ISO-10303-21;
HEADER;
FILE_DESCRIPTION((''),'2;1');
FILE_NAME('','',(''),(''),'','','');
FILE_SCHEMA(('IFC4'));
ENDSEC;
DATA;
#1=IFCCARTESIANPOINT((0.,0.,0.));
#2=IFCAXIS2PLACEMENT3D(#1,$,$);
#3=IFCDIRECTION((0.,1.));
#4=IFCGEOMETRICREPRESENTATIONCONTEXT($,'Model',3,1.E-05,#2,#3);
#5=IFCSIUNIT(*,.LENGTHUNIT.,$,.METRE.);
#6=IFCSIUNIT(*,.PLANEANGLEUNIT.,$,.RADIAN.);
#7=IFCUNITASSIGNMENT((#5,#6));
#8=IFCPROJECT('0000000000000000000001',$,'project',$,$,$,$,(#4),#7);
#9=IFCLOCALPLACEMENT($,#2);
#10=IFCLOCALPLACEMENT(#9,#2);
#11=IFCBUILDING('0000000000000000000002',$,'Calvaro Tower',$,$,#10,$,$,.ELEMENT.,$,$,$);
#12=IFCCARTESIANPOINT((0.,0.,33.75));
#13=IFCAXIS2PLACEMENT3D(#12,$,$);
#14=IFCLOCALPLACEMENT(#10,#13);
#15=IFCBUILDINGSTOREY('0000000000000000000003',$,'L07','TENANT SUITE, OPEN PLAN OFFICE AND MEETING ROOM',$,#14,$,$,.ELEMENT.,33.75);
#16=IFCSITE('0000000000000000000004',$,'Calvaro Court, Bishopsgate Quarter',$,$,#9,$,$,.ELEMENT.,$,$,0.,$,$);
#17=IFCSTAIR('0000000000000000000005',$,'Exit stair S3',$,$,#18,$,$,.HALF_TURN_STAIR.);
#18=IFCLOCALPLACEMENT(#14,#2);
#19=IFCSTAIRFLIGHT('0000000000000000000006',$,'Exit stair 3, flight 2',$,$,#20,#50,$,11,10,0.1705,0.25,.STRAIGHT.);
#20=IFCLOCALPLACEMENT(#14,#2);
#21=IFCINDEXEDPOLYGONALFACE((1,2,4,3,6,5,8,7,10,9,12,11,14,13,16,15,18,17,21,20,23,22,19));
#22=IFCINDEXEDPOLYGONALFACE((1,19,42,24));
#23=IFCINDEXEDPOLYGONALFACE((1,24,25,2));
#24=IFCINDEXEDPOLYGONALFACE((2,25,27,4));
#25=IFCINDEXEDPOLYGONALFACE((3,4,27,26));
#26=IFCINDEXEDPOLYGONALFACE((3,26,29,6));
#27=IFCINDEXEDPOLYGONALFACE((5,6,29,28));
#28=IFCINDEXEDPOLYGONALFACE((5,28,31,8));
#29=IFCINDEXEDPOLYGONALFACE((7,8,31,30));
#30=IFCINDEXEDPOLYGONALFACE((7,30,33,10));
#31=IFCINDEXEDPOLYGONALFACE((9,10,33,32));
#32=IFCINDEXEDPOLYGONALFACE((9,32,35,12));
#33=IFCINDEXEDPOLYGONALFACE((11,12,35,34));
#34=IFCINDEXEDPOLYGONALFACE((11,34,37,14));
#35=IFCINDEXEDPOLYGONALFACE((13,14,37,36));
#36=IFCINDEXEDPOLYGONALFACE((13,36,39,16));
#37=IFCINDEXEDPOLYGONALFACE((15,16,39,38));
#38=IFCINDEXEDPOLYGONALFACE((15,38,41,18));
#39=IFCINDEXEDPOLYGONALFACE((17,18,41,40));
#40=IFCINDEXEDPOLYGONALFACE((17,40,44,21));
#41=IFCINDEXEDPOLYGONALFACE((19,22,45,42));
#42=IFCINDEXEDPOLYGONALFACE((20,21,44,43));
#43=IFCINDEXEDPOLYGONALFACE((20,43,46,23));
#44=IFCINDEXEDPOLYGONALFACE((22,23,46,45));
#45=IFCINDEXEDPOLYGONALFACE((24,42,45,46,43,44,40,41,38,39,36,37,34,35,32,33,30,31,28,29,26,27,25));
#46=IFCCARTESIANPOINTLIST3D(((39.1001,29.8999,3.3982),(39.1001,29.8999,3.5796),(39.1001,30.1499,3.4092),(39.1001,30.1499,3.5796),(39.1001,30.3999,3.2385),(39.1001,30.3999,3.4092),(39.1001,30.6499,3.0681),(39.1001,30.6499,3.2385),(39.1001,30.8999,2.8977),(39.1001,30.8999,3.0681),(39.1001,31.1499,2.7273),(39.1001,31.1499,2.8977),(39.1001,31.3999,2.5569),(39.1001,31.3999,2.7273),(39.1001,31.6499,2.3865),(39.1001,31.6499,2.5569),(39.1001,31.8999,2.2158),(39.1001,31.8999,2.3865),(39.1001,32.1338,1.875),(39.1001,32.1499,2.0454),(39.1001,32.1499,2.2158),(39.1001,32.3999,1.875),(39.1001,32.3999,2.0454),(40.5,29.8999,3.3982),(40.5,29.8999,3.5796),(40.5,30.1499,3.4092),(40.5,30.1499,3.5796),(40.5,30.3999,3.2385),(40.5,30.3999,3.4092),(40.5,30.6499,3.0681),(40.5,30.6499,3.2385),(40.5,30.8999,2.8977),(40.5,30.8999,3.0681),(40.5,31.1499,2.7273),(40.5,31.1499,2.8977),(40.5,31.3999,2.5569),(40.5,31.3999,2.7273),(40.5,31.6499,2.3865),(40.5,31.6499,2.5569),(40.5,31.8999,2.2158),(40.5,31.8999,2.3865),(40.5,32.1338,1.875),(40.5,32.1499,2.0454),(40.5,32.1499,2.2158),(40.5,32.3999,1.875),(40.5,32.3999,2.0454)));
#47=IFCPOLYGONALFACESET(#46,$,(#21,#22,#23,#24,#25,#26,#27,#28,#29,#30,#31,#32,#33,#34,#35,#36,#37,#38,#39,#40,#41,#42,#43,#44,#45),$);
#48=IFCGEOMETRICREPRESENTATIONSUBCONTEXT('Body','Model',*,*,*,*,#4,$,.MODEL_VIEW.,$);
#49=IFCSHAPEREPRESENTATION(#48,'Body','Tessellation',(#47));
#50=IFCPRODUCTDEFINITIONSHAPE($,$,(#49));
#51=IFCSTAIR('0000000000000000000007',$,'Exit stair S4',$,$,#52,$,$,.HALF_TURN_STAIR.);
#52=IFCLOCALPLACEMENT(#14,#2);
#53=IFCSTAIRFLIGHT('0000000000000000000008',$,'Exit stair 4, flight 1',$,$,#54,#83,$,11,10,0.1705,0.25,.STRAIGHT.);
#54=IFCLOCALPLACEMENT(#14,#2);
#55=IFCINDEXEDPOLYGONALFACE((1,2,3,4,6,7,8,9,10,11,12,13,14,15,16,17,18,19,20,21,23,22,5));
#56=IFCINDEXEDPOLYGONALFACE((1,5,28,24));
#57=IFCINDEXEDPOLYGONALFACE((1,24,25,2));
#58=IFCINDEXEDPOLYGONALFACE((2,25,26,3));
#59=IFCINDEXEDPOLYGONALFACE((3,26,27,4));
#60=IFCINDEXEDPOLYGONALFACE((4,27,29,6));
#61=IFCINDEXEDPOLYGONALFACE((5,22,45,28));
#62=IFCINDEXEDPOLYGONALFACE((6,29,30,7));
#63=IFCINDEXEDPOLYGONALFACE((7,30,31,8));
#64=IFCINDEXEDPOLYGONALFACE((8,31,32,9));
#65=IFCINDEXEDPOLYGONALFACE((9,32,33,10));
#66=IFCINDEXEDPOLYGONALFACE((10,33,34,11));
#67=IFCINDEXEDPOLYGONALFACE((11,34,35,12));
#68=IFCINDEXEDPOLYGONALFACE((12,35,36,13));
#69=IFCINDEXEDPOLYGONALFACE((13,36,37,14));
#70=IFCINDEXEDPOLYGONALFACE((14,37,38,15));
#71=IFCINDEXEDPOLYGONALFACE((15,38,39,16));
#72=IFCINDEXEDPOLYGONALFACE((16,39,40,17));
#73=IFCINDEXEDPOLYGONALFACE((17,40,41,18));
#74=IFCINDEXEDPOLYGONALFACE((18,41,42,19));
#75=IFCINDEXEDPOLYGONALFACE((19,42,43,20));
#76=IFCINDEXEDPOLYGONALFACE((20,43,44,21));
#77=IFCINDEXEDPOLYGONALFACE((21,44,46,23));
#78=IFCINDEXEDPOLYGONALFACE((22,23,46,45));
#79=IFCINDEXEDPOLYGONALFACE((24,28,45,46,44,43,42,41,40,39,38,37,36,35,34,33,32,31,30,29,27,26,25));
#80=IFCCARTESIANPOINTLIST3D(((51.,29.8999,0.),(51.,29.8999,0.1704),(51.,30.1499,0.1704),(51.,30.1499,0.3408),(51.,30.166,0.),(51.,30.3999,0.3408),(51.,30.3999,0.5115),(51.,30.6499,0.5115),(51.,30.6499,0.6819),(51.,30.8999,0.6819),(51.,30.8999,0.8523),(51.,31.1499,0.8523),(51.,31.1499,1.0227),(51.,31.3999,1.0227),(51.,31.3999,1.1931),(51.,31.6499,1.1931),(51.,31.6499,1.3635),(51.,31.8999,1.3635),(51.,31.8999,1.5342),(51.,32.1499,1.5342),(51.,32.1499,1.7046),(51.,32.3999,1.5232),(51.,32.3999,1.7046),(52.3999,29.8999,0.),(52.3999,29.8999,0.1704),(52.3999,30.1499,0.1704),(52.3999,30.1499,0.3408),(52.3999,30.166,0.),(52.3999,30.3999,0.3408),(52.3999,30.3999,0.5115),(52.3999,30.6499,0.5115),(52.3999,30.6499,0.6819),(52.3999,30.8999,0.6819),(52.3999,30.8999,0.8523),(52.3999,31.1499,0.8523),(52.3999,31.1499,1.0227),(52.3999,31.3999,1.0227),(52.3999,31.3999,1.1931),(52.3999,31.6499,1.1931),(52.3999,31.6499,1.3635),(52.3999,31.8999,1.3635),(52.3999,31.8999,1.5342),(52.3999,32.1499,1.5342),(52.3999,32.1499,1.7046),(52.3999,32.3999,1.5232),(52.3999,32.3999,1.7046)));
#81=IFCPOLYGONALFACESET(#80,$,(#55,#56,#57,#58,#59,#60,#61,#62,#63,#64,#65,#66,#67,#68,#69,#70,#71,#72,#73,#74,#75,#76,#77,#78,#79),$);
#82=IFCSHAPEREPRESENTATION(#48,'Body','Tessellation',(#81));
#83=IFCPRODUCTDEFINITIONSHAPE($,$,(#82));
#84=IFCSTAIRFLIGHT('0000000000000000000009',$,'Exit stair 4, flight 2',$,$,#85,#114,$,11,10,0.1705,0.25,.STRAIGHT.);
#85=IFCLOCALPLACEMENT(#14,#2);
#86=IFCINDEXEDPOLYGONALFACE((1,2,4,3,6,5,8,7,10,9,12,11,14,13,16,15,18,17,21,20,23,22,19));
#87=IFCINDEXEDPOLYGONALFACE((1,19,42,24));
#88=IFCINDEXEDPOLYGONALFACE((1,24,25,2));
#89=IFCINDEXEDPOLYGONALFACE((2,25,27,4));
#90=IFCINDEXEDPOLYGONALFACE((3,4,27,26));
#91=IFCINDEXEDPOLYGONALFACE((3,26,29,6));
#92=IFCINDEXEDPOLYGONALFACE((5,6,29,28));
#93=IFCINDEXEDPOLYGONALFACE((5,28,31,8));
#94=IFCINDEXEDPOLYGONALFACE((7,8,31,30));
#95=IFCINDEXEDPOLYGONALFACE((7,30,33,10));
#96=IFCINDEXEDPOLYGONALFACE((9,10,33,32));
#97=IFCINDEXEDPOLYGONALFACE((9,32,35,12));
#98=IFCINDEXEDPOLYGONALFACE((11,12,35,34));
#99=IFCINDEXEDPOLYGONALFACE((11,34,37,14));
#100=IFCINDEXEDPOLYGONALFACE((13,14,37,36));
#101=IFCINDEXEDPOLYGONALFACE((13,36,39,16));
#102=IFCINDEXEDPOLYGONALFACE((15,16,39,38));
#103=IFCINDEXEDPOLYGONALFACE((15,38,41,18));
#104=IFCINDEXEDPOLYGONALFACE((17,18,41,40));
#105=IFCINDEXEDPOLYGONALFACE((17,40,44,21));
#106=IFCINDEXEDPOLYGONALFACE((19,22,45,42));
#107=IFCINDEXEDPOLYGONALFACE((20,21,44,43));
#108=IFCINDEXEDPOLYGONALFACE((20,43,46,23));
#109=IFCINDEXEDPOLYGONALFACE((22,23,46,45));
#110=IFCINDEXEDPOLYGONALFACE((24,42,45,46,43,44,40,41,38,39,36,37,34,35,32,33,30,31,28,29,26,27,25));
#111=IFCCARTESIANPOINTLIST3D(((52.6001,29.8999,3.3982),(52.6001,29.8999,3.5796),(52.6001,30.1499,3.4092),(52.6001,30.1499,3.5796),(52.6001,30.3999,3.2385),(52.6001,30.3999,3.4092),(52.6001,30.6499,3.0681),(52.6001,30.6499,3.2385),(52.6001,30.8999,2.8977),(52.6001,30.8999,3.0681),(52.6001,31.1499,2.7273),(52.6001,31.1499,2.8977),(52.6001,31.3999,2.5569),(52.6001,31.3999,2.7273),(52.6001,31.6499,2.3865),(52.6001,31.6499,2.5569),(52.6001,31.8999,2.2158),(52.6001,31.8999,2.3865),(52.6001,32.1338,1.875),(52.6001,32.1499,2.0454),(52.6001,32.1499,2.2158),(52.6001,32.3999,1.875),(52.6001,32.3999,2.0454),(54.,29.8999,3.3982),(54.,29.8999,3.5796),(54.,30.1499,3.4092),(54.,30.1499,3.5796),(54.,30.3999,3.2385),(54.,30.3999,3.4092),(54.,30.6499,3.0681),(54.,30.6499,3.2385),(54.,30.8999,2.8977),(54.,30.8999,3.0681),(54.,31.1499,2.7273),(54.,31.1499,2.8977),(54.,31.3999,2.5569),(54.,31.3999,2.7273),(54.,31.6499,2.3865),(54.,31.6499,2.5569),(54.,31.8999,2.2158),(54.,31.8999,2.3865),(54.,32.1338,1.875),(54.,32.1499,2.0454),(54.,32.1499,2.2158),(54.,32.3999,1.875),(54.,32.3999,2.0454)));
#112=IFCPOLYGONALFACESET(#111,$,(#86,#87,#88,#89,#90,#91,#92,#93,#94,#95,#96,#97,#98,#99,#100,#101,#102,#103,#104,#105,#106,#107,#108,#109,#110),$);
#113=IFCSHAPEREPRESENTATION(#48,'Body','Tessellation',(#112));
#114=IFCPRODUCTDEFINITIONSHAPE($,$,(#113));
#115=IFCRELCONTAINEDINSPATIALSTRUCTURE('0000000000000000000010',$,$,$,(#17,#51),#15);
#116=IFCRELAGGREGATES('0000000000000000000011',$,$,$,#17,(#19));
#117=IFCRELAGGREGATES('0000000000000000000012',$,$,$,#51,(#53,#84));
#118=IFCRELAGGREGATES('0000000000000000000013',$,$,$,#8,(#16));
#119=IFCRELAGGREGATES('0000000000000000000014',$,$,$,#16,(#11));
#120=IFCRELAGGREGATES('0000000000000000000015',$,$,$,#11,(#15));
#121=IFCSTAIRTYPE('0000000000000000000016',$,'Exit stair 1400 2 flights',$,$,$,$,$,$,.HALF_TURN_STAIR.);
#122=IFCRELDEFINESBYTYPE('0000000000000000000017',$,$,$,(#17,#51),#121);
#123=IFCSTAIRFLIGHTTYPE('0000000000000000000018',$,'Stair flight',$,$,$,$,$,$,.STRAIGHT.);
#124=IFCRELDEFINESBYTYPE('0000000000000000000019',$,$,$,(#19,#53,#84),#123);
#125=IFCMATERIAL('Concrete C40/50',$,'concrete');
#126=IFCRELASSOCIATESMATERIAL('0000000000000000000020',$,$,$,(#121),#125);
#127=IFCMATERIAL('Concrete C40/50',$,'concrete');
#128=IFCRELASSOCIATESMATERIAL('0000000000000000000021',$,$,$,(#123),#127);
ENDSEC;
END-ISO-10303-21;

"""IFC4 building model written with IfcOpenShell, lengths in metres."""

from ifc_helpers import new_model, si_unit, direction, frame, origin, place, context, subcontext, project, spatial, polyline, outline, extrude, material, type_object, element, aggregate, save


model = new_model("IFC4")

# Units and contexts
model_context = context("Model", 3, precision=1e-05, world=origin(), true_north=direction((0.0, 1.0)))
body_context = subcontext(model_context, "Body", "Model", "MODEL_VIEW")
ifc_project = project(units=[si_unit("LENGTHUNIT", "METRE"), si_unit("PLANEANGLEUNIT", "RADIAN")], contexts=[model_context])

# Site, building, storey
site_placement = place(None, origin())
site = spatial("IfcSite", under=ifc_project, at=site_placement, Name="Calvaro Court, Bishopsgate Quarter", CompositionType="ELEMENT", RefElevation=0.0)
building_placement = place(site_placement, origin())
building = spatial("IfcBuilding", under=site, at=building_placement, Name="Calvaro Tower", CompositionType="ELEMENT")
storey_placement = place(building_placement, frame((0.0, 0.0, 33.75)))
storey = spatial("IfcBuildingStorey", under=building, at=storey_placement, Name="L07", Description="TENANT SUITE, OPEN PLAN OFFICE AND MEETING ROOM", CompositionType="ELEMENT", Elevation=33.75)

# Stair, stair flight
ifc_material_1 = material(Name="Concrete C40/50", Category="concrete")
stair_type = type_object("IfcStairType", Name="Exit stair 1400 2 flights", PredefinedType="HALF_TURN_STAIR", material=ifc_material_1)
stair_1_placement = place(storey_placement, origin())
stair_1 = element("IfcStair", 1, at=stair_1_placement, inside=storey, type_object=stair_type, Name="Exit stair S3", PredefinedType="HALF_TURN_STAIR")
ifc_material_2 = material(Name="Concrete C40/50", Category="concrete")
stair_flight_type = type_object("IfcStairFlightType", Name="Stair flight", PredefinedType="STRAIGHT", material=ifc_material_2)
stair_flight_1_placement = place(storey_placement, frame((39.8, 32.3999, 1.875), z_axis=(0.0, 0.0, 1.0), x_axis=(0.0, -1.0, 0.0)))
stair_flight_1 = element("IfcStairFlight", 2, at=stair_flight_1_placement, type_object=stair_flight_type, Name="Exit stair 3, flight 2", NumberOfRisers=11, NumberOfTreads=10, PredefinedType="STRAIGHT", RiserHeight=0.1705, TreadLength=0.25, context=body_context, shape_type="SweptSolid", body=[
    extrude(outline(polyline([(0.0, 0.0), (0.0, 0.1704), (0.25, 0.1704), (0.25, 0.3408), (0.5, 0.3408), (0.5, 0.5115), (0.75, 0.5115), (0.75, 0.6819), (1.0, 0.6819), (1.0, 0.8523), (1.25, 0.8523), (1.25, 1.0227), (1.5, 1.0227), (1.5, 1.1931), (1.75, 1.1931), (1.75, 1.3635), (2.0, 1.3635), (2.0, 1.5342), (2.25, 1.5342), (2.25, 1.7046), (2.5, 1.7046), (2.5, 1.875), (2.5, 1.5232), (0.2661, 0.0), (0.0, 0.0)])), frame((0.0, 0.7, 0.0), z_axis=(0.0, -1.0, 0.0), x_axis=(1.0, 0.0, 0.0)), (0.0, 0.0, 1.0), 1.3999),
])

# Stair, stair flights
stair_2_placement = place(storey_placement, origin())
stair_2 = element("IfcStair", 3, at=stair_2_placement, inside=storey, type_object=stair_type, Name="Exit stair S4", PredefinedType="HALF_TURN_STAIR")
stair_flight_2_placement = place(storey_placement, frame((51.7, 29.8999, 0.0), z_axis=(0.0, 0.0, 1.0), x_axis=(0.0, 1.0, 0.0)))
stair_flight_2 = element("IfcStairFlight", 4, at=stair_flight_2_placement, type_object=stair_flight_type, Name="Exit stair 4, flight 1", NumberOfRisers=11, NumberOfTreads=10, PredefinedType="STRAIGHT", RiserHeight=0.1705, TreadLength=0.25, context=body_context, shape_type="SweptSolid", body=[
    extrude(outline(polyline([(0.0, 0.0), (0.0, 0.1704), (0.25, 0.1704), (0.25, 0.3408), (0.5, 0.3408), (0.5, 0.5115), (0.75, 0.5115), (0.75, 0.6819), (1.0, 0.6819), (1.0, 0.8523), (1.25, 0.8523), (1.25, 1.0227), (1.5, 1.0227), (1.5, 1.1931), (1.75, 1.1931), (1.75, 1.3635), (2.0, 1.3635), (2.0, 1.5342), (2.25, 1.5342), (2.25, 1.7046), (2.5, 1.7046), (2.5, 1.875), (2.5, 1.5232), (0.2661, 0.0), (0.0, 0.0)])), frame((0.0, 0.7, 0.0), z_axis=(0.0, -1.0, 0.0), x_axis=(1.0, 0.0, 0.0)), (0.0, 0.0, 1.0), 1.3999),
])
stair_flight_3_placement = place(storey_placement, frame((53.3, 32.3999, 1.875), z_axis=(0.0, 0.0, 1.0), x_axis=(0.0, -1.0, 0.0)))
stair_flight_3 = element("IfcStairFlight", 5, at=stair_flight_3_placement, type_object=stair_flight_type, Name="Exit stair 4, flight 2", NumberOfRisers=11, NumberOfTreads=10, PredefinedType="STRAIGHT", RiserHeight=0.1705, TreadLength=0.25, context=body_context, shape_type="SweptSolid", body=[
    extrude(outline(polyline([(0.0, 0.0), (0.0, 0.1704), (0.25, 0.1704), (0.25, 0.3408), (0.5, 0.3408), (0.5, 0.5115), (0.75, 0.5115), (0.75, 0.6819), (1.0, 0.6819), (1.0, 0.8523), (1.25, 0.8523), (1.25, 1.0227), (1.5, 1.0227), (1.5, 1.1931), (1.75, 1.1931), (1.75, 1.3635), (2.0, 1.3635), (2.0, 1.5342), (2.25, 1.5342), (2.25, 1.7046), (2.5, 1.7046), (2.5, 1.875), (2.5, 1.5232), (0.2661, 0.0), (0.0, 0.0)])), frame((0.0, 0.7, 0.0), z_axis=(0.0, -1.0, 0.0), x_axis=(1.0, 0.0, 0.0)), (0.0, 0.0, 1.0), 1.3999),
])

aggregate(stair_1, [stair_flight_1])
aggregate(stair_2, [stair_flight_2, stair_flight_3])

save(model, "model.ifc")
